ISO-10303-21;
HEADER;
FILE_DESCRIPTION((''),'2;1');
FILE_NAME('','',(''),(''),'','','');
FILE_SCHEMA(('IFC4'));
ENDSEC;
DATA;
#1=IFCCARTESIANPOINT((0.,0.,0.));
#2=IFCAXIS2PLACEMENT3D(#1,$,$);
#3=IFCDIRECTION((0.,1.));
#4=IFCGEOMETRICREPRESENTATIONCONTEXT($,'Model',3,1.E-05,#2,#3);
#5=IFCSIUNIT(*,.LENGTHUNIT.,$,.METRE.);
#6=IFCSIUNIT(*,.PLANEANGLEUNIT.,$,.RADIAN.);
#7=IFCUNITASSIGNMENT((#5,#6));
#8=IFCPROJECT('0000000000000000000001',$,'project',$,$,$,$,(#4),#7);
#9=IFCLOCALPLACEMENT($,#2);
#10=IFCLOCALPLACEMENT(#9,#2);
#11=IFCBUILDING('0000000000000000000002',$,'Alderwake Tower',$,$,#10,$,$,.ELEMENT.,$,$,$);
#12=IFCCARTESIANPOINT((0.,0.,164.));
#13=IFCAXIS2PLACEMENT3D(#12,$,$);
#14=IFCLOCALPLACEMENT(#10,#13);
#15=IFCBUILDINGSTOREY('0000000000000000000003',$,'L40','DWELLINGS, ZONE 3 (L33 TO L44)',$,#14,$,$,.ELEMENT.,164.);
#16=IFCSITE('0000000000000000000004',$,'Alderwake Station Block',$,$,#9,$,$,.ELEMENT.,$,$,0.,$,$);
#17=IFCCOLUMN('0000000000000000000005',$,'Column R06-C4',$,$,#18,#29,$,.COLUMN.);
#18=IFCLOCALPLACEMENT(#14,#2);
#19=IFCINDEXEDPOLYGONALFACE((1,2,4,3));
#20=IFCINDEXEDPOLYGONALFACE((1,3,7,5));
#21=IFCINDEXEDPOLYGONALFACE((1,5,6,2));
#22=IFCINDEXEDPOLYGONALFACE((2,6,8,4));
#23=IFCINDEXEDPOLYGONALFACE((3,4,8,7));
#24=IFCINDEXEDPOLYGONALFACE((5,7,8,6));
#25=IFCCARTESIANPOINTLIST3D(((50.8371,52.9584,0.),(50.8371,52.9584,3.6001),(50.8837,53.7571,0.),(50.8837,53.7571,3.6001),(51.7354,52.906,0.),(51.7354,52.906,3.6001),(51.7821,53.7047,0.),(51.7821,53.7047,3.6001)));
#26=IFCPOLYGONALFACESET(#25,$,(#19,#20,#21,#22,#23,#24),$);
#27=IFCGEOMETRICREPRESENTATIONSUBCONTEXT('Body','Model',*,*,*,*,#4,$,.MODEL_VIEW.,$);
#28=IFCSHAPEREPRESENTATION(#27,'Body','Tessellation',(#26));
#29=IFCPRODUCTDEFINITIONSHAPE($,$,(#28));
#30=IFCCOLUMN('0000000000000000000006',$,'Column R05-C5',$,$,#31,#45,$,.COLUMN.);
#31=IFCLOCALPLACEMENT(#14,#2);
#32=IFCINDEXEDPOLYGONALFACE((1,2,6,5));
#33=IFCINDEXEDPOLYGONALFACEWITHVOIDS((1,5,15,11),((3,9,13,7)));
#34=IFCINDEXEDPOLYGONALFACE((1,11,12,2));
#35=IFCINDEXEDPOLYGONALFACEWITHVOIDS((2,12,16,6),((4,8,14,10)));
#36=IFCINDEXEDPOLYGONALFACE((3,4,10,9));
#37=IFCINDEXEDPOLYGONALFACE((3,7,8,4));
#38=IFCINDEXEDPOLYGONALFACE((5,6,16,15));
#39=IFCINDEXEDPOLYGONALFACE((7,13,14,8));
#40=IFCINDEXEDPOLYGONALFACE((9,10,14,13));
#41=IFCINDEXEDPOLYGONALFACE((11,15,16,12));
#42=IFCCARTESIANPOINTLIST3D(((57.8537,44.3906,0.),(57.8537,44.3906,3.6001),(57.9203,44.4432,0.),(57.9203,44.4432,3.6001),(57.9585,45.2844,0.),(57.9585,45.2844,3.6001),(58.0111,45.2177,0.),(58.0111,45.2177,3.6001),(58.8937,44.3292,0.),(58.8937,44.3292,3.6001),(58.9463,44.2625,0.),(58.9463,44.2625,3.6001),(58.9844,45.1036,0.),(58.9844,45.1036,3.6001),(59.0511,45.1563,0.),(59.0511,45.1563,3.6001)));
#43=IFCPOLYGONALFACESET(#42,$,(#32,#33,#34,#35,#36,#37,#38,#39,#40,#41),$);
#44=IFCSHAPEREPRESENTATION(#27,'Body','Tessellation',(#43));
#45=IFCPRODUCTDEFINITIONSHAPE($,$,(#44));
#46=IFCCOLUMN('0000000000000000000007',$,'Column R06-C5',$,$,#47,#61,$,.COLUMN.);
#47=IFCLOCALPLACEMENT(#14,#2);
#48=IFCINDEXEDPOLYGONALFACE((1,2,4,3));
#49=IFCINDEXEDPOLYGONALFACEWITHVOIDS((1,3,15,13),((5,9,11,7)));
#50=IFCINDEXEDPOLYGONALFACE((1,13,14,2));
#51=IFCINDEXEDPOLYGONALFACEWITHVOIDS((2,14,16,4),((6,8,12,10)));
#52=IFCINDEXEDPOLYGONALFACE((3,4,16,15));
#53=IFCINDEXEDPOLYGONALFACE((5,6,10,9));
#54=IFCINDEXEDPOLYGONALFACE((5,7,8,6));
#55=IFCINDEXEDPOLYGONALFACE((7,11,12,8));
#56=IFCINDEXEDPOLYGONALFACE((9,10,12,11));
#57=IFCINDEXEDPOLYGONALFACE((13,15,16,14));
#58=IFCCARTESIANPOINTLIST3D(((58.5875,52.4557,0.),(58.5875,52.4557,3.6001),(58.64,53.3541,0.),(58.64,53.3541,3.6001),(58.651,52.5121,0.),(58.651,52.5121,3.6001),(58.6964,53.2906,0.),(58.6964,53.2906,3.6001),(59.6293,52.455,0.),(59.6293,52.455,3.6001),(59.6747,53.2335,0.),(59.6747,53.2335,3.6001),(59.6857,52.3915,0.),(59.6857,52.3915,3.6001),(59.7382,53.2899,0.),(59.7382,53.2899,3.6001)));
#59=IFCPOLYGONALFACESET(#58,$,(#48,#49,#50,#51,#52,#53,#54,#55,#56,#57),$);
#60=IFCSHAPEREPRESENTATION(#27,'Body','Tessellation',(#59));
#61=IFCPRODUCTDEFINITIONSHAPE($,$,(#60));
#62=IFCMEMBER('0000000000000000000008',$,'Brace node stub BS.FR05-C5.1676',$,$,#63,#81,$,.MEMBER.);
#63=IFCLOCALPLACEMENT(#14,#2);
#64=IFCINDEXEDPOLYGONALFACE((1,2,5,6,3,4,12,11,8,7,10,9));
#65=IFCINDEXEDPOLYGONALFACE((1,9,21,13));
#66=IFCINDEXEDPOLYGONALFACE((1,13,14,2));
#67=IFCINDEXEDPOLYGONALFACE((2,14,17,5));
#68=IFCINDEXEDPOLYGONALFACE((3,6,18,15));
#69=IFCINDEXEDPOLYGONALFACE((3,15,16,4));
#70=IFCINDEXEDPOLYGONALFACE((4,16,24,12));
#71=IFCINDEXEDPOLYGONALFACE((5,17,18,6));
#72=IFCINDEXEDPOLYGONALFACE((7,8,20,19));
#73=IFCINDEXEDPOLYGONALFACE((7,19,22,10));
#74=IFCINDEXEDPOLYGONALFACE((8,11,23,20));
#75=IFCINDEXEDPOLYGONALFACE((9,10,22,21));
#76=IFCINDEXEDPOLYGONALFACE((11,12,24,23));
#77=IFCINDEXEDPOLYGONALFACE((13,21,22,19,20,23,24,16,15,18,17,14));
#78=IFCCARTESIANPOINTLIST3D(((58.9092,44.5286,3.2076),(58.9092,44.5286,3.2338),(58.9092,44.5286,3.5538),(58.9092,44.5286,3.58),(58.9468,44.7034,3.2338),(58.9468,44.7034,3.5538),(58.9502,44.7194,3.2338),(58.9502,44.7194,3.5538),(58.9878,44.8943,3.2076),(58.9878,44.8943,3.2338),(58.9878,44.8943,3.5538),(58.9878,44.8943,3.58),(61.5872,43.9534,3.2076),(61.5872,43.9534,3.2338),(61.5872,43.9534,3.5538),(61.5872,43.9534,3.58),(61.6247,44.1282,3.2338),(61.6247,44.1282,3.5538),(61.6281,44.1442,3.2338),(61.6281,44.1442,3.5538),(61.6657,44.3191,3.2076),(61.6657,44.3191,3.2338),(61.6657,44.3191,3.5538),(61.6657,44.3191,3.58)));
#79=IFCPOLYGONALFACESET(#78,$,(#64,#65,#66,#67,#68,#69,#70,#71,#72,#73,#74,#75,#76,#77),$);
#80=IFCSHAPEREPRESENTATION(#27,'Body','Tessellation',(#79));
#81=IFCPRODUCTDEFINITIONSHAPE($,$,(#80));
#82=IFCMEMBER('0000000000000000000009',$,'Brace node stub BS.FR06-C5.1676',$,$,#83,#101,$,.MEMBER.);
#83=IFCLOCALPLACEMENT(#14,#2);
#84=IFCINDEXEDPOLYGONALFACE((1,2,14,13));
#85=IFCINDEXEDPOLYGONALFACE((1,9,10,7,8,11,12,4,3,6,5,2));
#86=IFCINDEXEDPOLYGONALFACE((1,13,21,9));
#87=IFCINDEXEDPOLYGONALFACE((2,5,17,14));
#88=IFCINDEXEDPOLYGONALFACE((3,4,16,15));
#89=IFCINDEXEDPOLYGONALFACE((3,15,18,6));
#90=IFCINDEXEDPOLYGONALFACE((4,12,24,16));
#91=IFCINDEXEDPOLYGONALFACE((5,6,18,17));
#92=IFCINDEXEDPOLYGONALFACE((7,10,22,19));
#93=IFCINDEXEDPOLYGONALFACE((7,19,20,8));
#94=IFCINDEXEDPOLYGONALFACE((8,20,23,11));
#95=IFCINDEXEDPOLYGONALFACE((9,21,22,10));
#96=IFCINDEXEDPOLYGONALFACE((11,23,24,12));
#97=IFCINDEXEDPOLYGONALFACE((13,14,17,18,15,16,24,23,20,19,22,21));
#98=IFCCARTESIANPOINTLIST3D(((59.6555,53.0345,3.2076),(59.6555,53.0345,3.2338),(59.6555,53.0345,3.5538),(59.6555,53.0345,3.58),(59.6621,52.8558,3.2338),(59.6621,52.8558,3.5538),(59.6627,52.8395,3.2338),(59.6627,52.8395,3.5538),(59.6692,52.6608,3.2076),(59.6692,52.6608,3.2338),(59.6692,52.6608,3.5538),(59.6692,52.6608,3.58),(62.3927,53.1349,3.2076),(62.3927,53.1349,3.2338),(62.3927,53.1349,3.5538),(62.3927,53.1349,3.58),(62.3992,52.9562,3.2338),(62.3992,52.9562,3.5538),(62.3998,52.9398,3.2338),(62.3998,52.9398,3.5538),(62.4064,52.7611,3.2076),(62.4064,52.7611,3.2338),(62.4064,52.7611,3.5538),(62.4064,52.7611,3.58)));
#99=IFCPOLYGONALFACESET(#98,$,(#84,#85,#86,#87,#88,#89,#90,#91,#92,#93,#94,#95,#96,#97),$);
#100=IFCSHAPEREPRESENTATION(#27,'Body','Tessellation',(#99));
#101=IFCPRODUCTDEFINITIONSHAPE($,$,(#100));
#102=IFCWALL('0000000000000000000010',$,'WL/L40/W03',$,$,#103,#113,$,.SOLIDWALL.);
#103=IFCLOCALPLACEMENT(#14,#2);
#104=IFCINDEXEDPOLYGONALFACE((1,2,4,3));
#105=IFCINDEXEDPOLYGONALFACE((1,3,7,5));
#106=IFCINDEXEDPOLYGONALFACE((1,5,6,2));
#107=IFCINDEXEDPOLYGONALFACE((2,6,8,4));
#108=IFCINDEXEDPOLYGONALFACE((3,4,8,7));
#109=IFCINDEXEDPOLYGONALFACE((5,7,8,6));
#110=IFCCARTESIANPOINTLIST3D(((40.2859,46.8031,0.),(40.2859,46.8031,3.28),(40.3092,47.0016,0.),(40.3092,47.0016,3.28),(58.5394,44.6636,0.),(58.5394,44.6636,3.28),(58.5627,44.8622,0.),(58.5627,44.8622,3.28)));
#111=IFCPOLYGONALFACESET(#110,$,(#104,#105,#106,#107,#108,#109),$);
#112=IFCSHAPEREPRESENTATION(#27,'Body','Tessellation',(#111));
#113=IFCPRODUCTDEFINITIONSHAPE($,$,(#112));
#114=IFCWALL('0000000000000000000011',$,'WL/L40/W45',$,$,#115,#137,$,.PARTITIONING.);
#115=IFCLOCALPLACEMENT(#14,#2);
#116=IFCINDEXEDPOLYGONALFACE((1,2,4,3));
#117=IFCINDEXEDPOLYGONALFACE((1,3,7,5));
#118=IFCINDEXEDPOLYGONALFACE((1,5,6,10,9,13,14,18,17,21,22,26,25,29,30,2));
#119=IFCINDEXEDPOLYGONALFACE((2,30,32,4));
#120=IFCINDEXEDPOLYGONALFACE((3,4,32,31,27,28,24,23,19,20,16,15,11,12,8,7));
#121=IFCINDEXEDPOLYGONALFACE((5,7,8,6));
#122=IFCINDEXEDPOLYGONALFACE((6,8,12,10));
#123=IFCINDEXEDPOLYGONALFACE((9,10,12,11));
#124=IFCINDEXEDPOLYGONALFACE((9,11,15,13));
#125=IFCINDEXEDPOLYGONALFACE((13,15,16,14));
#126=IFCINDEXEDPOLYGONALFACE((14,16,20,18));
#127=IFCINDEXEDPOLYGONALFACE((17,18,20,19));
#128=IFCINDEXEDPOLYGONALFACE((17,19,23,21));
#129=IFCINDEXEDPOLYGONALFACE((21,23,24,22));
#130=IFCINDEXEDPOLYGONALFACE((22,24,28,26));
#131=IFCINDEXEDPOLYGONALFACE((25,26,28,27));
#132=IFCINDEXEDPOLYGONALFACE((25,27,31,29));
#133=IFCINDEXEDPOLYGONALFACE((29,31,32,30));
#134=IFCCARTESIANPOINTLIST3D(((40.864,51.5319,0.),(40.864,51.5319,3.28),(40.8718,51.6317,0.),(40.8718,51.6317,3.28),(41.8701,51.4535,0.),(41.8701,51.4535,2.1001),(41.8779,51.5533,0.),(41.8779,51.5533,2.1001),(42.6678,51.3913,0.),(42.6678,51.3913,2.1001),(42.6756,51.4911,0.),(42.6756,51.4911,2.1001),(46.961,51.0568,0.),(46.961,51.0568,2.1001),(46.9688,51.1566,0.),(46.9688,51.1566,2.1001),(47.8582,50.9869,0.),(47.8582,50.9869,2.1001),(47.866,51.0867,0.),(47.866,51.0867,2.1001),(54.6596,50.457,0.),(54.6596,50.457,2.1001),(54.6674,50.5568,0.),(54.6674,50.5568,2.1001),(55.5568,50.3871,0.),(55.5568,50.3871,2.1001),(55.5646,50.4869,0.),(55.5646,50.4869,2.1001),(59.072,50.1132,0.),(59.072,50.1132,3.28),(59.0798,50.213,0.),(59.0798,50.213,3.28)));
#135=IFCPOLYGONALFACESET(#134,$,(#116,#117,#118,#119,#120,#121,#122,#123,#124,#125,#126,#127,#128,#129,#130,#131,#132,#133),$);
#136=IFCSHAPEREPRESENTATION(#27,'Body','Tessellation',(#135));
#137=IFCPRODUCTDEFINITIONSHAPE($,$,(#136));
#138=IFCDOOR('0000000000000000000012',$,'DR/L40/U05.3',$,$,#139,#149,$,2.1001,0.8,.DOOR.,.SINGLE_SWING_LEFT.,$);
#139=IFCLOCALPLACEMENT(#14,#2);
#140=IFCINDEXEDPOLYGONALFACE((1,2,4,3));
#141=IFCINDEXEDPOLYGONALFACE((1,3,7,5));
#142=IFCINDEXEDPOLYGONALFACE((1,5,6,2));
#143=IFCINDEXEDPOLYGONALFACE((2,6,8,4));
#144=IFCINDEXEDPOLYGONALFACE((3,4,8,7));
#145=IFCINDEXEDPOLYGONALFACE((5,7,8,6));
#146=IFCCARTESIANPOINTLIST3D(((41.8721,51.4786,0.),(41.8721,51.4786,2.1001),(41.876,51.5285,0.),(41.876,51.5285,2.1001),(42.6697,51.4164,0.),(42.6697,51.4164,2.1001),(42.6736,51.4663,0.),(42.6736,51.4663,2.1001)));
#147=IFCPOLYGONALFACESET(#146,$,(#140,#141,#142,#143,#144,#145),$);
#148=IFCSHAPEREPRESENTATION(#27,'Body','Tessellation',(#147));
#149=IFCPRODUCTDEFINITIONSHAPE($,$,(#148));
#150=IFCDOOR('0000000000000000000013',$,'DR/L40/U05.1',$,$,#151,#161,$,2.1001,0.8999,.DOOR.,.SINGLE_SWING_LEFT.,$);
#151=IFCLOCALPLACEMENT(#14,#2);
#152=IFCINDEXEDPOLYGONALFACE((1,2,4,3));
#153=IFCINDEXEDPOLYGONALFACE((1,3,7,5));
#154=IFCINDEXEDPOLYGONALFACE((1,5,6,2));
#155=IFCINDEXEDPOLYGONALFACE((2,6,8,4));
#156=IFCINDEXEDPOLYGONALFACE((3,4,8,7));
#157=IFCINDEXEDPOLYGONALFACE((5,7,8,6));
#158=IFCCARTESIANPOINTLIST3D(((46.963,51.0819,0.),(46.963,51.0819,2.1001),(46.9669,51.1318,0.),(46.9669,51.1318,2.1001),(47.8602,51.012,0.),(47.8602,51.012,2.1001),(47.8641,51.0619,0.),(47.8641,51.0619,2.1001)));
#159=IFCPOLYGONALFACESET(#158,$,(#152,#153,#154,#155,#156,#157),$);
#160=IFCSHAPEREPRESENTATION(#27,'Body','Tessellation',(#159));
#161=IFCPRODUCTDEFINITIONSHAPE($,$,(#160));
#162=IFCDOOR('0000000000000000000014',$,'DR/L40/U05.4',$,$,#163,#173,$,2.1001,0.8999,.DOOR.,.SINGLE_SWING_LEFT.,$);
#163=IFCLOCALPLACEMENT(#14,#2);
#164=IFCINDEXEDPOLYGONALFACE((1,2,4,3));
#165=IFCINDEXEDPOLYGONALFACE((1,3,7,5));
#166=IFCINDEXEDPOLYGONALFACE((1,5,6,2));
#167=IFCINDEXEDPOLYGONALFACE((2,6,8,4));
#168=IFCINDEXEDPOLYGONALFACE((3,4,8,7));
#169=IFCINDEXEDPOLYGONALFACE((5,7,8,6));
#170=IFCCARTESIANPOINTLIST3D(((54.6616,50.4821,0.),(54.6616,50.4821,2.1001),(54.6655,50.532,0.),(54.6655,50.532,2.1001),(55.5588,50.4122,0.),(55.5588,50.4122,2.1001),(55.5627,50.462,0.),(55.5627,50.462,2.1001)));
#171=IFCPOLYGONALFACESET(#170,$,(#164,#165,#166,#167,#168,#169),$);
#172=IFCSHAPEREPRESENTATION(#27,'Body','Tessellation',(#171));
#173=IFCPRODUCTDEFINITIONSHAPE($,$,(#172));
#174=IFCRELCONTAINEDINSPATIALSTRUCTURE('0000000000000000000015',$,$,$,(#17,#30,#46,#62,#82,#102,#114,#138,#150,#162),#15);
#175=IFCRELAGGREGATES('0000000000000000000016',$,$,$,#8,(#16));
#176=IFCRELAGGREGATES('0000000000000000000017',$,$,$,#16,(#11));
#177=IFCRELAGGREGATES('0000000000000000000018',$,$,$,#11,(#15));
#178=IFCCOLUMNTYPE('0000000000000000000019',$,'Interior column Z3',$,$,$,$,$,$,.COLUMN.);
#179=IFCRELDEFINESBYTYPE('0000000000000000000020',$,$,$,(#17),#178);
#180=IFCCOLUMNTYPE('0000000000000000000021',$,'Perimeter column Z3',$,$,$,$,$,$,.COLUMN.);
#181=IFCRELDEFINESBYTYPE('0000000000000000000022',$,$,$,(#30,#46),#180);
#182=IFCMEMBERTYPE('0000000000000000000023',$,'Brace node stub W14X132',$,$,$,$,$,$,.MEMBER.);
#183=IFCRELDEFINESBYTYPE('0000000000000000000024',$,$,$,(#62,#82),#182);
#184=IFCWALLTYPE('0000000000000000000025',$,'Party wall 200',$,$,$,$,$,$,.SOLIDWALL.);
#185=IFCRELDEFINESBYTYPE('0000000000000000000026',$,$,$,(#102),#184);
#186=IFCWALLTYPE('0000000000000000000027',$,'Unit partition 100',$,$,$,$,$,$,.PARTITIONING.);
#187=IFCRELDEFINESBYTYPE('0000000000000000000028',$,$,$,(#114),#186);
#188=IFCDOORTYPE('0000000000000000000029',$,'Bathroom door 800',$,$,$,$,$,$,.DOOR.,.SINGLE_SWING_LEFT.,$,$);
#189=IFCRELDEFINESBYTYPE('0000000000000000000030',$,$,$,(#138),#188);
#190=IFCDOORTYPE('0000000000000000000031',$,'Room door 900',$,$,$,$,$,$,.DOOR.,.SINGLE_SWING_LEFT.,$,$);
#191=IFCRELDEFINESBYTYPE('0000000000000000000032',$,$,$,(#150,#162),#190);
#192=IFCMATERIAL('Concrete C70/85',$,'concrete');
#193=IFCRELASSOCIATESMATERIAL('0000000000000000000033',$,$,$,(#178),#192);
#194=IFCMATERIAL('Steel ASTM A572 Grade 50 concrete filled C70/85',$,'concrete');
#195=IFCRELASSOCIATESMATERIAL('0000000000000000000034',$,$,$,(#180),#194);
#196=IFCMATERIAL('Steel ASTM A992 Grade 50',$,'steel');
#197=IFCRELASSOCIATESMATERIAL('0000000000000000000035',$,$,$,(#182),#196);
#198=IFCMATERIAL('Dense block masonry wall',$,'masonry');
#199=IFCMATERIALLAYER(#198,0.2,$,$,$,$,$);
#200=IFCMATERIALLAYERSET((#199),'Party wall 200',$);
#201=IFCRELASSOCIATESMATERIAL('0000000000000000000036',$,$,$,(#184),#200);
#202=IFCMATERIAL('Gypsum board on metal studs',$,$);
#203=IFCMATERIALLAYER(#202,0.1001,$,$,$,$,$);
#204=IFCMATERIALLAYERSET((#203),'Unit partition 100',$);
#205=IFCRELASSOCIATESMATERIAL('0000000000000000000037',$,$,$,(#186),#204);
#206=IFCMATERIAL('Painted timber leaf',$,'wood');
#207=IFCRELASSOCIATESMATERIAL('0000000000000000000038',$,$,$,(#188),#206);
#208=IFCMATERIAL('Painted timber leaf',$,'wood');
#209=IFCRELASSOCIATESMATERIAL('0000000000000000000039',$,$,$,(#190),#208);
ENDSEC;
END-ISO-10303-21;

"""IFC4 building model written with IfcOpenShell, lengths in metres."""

from ifc_helpers import new_model, si_unit, direction, frame, frame_2d, origin, origin_2d, place, context, subcontext, project, spatial, rectangle, hollow_rectangle, i_section, extrude, material, layer, layer_set, material_profile, profile_set, type_object, element, fill, save


model = new_model("IFC4")

# Units and contexts
model_context = context("Model", 3, precision=1e-05, world=origin(), true_north=direction((0.0, 1.0)))
body_context = subcontext(model_context, "Body", "Model", "MODEL_VIEW")
ifc_project = project(units=[si_unit("LENGTHUNIT", "METRE"), si_unit("PLANEANGLEUNIT", "RADIAN")], contexts=[model_context])

# Site, building, storey
site_placement = place(None, origin())
site = spatial("IfcSite", under=ifc_project, at=site_placement, Name="Alderwake Station Block", CompositionType="ELEMENT", RefElevation=0.0)
building_placement = place(site_placement, origin())
building = spatial("IfcBuilding", under=site, at=building_placement, Name="Alderwake Tower", CompositionType="ELEMENT")
storey_placement = place(building_placement, frame((0.0, 0.0, 164.0)))
storey = spatial("IfcBuildingStorey", under=building, at=storey_placement, Name="L40", Description="DWELLINGS, ZONE 3 (L33 TO L44)", CompositionType="ELEMENT", Elevation=164.0)

# Columns
ifc_material_1 = material(Name="Concrete C70/85", Category="concrete")
ifc_material_profile_1 = material_profile(ifc_material_1, rectangle(XDim=0.8, YDim=0.8999, at=origin_2d()), Name="RC 900X800")
ifc_profile_set_1 = profile_set([ifc_material_profile_1], Name="Concrete C70/85")
column_type_1 = type_object("IfcColumnType", Name="Interior column Z3", PredefinedType="COLUMN", material=ifc_profile_set_1)
column_placement = place(storey_placement, frame((51.3096, 53.3315, 0.0), z_axis=(0.0, 0.0, 1.0), x_axis=(0.058299, 0.998299, 0.0)))
element("IfcColumn", 1, at=column_placement, inside=storey, type_object=column_type_1, Name="Column R06-C4", PredefinedType="COLUMN", context=body_context, shape_type="SweptSolid", body=[
    extrude(rectangle(XDim=0.8, YDim=0.8999, at=origin_2d()), origin(), (0.0, 0.0, 1.0), 3.6001),
])
ifc_material_2 = material(Name="Steel ASTM A572 Grade 50 concrete filled C70/85", Category="concrete")
ifc_material_profile_2 = material_profile(ifc_material_2, hollow_rectangle(XDim=0.8999, YDim=1.1001, WallThickness=0.0601, at=origin_2d()), Name="BOX 1100X900X60")
ifc_profile_set_2 = profile_set([ifc_material_profile_2], Name="Steel ASTM A572 Grade 50 concrete filled C70/85")
column_type_2 = type_object("IfcColumnType", Name="Perimeter column Z3", PredefinedType="COLUMN", material=ifc_profile_set_2)
for number, where, z_axis, x_axis, name in (
    (2, (58.4524, 44.7734, 0.0), (0.0, 0.0, 1.0), (0.116402, 0.993202, 0.0), "Column R05-C5"),
    (3, (59.1628, 52.8728, 0.0), (0.0, 0.0, 1.0), (0.058301, 0.998299, 0.0), "Column R06-C5"),
):
    element("IfcColumn", number, at=place(storey_placement, frame(where, z_axis=z_axis, x_axis=x_axis)), inside=storey, type_object=column_type_2, Name=name, PredefinedType="COLUMN", context=body_context, shape_type="SweptSolid", body=[
        extrude(hollow_rectangle(XDim=0.8999, YDim=1.1001, WallThickness=0.0601, at=origin_2d()), origin(), (0.0, 0.0, 1.0), 3.6001),
    ])

# Members
ifc_material_3 = material(Name="Steel ASTM A992 Grade 50", Category="steel")
ifc_material_profile_3 = material_profile(ifc_material_3, i_section(OverallWidth=0.374, OverallDepth=0.3723, WebThickness=0.0164, FlangeThickness=0.0261, at=origin_2d()), Name="W14X132")
ifc_profile_set_3 = profile_set([ifc_material_profile_3], Name="Steel ASTM A992 Grade 50")
member_type = type_object("IfcMemberType", Name="Brace node stub W14X132", PredefinedType="MEMBER", material=ifc_profile_set_3)
for number, where, z_axis, x_axis, name in (
    (4, (58.9485, 44.7114, 3.3938), (0.977702, -0.209998, 0.0), (0.209998, 0.977702, 0.0), "Brace node stub BS.FR05-C5.1676"),
    (5, (59.6624, 52.8477, 3.3938), (0.999329, 0.036636, 0.0), (-0.036636, 0.999329, 0.0), "Brace node stub BS.FR06-C5.1676"),
):
    element("IfcMember", number, at=place(storey_placement, frame(where, z_axis=z_axis, x_axis=x_axis)), inside=storey, type_object=member_type, Name=name, PredefinedType="MEMBER", context=body_context, shape_type="SweptSolid", body=[
        extrude(i_section(OverallWidth=0.374, OverallDepth=0.3723, WebThickness=0.0164, FlangeThickness=0.0261, at=origin_2d()), origin(), (0.0, 0.0, 1.0), 2.739),
    ])

# Wall
ifc_material_4 = material(Name="Dense block masonry wall", Category="masonry")
ifc_layer_1 = layer(ifc_material_4, 0.2)
ifc_layer_set_1 = layer_set([ifc_layer_1], Name="Party wall 200")
wall_type_1 = type_object("IfcWallType", Name="Party wall 200", PredefinedType="SOLIDWALL", material=ifc_layer_set_1)
wall_1_placement = place(storey_placement, frame((58.551, 44.7629, 0.0), z_axis=(0.0, 0.0, 1.0), x_axis=(-0.993201, 0.116409, 0.0)))
element("IfcWall", 6, at=wall_1_placement, inside=storey, type_object=wall_type_1, Name="WL/L40/W03", PredefinedType="SOLIDWALL", context=body_context, shape_type="SweptSolid", body=[
    extrude(rectangle(XDim=18.3784, YDim=0.2, at=frame_2d((9.1892, 0.0))), origin(), (0.0, 0.0, 1.0), 3.28),
])

# Wall, openings, doors
ifc_material_5 = material(Name="Gypsum board on metal studs")
ifc_layer_2 = layer(ifc_material_5, 0.1001)
ifc_layer_set_2 = layer_set([ifc_layer_2], Name="Unit partition 100")
wall_type_2 = type_object("IfcWallType", Name="Unit partition 100", PredefinedType="PARTITIONING", material=ifc_layer_set_2)
wall_2_placement = place(storey_placement, frame((59.0759, 50.1631, 0.0), z_axis=(0.0, 0.0, 1.0), x_axis=(-0.996978, 0.077681, 0.0)))
wall_2 = element("IfcWall", 7, at=wall_2_placement, inside=storey, type_object=wall_type_2, Name="WL/L40/W45", PredefinedType="PARTITIONING", context=body_context, shape_type="SweptSolid", body=[
    extrude(rectangle(XDim=18.2632, YDim=0.1001, at=frame_2d((9.1316, 0.0))), origin(), (0.0, 0.0, 1.0), 3.28),
])
opening_1_placement = place(wall_2_placement, frame((11.2478, 0.0, 0.0)))
opening_1 = element("IfcOpeningElement", 8, at=opening_1_placement, cuts=wall_2, PredefinedType="OPENING", context=body_context, shape_type="SweptSolid", body=[
    extrude(rectangle(XDim=0.8999, YDim=2.1001, at=frame_2d((0.45, 1.05))), frame((0.0, 0.0601, 0.0), z_axis=(0.0, -1.0, 0.0), x_axis=(1.0, 0.0, 0.0)), (0.0, 0.0, 1.0), 0.1201),
])
opening_2_placement = place(wall_2_placement, frame((16.4541, 0.0, 0.0)))
opening_2 = element("IfcOpeningElement", 9, at=opening_2_placement, cuts=wall_2, PredefinedType="OPENING", context=body_context, shape_type="SweptSolid", body=[
    extrude(rectangle(XDim=0.8, YDim=2.1001, at=frame_2d((0.3999, 1.05))), frame((0.0, 0.0601, 0.0), z_axis=(0.0, -1.0, 0.0), x_axis=(1.0, 0.0, 0.0)), (0.0, 0.0, 1.0), 0.1201),
])
opening_3_placement = place(wall_2_placement, frame((3.5259, 0.0, 0.0)))
opening_3 = element("IfcOpeningElement", 10, at=opening_3_placement, cuts=wall_2, PredefinedType="OPENING", context=body_context, shape_type="SweptSolid", body=[
    extrude(rectangle(XDim=0.8999, YDim=2.1001, at=frame_2d((0.45, 1.05))), frame((0.0, 0.0601, 0.0), z_axis=(0.0, -1.0, 0.0), x_axis=(1.0, 0.0, 0.0)), (0.0, 0.0, 1.0), 0.1201),
])
ifc_material_6 = material(Name="Painted timber leaf", Category="wood")
door_type_1 = type_object("IfcDoorType", Name="Bathroom door 800", OperationType="SINGLE_SWING_LEFT", PredefinedType="DOOR", material=ifc_material_6)
door_1_placement = place(opening_2_placement, origin())
door_1 = element("IfcDoor", 11, at=door_1_placement, inside=storey, type_object=door_type_1, Name="DR/L40/U05.3", OperationType="SINGLE_SWING_LEFT", OverallHeight=2.1001, OverallWidth=0.8, PredefinedType="DOOR", context=body_context, shape_type="SweptSolid", body=[
    extrude(rectangle(XDim=0.8, YDim=2.1001, at=frame_2d((0.3999, 1.05))), frame((0.0, 0.0249, 0.0), z_axis=(0.0, -1.0, 0.0), x_axis=(1.0, 0.0, 0.0)), (0.0, 0.0, 1.0), 0.05),
])
fill(opening_2, door_1)
ifc_material_7 = material(Name="Painted timber leaf", Category="wood")
door_type_2 = type_object("IfcDoorType", Name="Room door 900", OperationType="SINGLE_SWING_LEFT", PredefinedType="DOOR", material=ifc_material_7)
door_2_placement = place(opening_1_placement, origin())
door_2 = element("IfcDoor", 12, at=door_2_placement, inside=storey, type_object=door_type_2, Name="DR/L40/U05.1", OperationType="SINGLE_SWING_LEFT", OverallHeight=2.1001, OverallWidth=0.8999, PredefinedType="DOOR", context=body_context, shape_type="SweptSolid", body=[
    extrude(rectangle(XDim=0.8999, YDim=2.1001, at=frame_2d((0.45, 1.05))), frame((0.0, 0.0249, 0.0), z_axis=(0.0, -1.0, 0.0), x_axis=(1.0, 0.0, 0.0)), (0.0, 0.0, 1.0), 0.05),
])
fill(opening_1, door_2)
door_3_placement = place(opening_3_placement, origin())
door_3 = element("IfcDoor", 13, at=door_3_placement, inside=storey, type_object=door_type_2, Name="DR/L40/U05.4", OperationType="SINGLE_SWING_LEFT", OverallHeight=2.1001, OverallWidth=0.8999, PredefinedType="DOOR", context=body_context, shape_type="SweptSolid", body=[
    extrude(rectangle(XDim=0.8999, YDim=2.1001, at=frame_2d((0.45, 1.05))), frame((0.0, 0.0249, 0.0), z_axis=(0.0, -1.0, 0.0), x_axis=(1.0, 0.0, 0.0)), (0.0, 0.0, 1.0), 0.05),
])
fill(opening_3, door_3)

save(model, "model.ifc")
